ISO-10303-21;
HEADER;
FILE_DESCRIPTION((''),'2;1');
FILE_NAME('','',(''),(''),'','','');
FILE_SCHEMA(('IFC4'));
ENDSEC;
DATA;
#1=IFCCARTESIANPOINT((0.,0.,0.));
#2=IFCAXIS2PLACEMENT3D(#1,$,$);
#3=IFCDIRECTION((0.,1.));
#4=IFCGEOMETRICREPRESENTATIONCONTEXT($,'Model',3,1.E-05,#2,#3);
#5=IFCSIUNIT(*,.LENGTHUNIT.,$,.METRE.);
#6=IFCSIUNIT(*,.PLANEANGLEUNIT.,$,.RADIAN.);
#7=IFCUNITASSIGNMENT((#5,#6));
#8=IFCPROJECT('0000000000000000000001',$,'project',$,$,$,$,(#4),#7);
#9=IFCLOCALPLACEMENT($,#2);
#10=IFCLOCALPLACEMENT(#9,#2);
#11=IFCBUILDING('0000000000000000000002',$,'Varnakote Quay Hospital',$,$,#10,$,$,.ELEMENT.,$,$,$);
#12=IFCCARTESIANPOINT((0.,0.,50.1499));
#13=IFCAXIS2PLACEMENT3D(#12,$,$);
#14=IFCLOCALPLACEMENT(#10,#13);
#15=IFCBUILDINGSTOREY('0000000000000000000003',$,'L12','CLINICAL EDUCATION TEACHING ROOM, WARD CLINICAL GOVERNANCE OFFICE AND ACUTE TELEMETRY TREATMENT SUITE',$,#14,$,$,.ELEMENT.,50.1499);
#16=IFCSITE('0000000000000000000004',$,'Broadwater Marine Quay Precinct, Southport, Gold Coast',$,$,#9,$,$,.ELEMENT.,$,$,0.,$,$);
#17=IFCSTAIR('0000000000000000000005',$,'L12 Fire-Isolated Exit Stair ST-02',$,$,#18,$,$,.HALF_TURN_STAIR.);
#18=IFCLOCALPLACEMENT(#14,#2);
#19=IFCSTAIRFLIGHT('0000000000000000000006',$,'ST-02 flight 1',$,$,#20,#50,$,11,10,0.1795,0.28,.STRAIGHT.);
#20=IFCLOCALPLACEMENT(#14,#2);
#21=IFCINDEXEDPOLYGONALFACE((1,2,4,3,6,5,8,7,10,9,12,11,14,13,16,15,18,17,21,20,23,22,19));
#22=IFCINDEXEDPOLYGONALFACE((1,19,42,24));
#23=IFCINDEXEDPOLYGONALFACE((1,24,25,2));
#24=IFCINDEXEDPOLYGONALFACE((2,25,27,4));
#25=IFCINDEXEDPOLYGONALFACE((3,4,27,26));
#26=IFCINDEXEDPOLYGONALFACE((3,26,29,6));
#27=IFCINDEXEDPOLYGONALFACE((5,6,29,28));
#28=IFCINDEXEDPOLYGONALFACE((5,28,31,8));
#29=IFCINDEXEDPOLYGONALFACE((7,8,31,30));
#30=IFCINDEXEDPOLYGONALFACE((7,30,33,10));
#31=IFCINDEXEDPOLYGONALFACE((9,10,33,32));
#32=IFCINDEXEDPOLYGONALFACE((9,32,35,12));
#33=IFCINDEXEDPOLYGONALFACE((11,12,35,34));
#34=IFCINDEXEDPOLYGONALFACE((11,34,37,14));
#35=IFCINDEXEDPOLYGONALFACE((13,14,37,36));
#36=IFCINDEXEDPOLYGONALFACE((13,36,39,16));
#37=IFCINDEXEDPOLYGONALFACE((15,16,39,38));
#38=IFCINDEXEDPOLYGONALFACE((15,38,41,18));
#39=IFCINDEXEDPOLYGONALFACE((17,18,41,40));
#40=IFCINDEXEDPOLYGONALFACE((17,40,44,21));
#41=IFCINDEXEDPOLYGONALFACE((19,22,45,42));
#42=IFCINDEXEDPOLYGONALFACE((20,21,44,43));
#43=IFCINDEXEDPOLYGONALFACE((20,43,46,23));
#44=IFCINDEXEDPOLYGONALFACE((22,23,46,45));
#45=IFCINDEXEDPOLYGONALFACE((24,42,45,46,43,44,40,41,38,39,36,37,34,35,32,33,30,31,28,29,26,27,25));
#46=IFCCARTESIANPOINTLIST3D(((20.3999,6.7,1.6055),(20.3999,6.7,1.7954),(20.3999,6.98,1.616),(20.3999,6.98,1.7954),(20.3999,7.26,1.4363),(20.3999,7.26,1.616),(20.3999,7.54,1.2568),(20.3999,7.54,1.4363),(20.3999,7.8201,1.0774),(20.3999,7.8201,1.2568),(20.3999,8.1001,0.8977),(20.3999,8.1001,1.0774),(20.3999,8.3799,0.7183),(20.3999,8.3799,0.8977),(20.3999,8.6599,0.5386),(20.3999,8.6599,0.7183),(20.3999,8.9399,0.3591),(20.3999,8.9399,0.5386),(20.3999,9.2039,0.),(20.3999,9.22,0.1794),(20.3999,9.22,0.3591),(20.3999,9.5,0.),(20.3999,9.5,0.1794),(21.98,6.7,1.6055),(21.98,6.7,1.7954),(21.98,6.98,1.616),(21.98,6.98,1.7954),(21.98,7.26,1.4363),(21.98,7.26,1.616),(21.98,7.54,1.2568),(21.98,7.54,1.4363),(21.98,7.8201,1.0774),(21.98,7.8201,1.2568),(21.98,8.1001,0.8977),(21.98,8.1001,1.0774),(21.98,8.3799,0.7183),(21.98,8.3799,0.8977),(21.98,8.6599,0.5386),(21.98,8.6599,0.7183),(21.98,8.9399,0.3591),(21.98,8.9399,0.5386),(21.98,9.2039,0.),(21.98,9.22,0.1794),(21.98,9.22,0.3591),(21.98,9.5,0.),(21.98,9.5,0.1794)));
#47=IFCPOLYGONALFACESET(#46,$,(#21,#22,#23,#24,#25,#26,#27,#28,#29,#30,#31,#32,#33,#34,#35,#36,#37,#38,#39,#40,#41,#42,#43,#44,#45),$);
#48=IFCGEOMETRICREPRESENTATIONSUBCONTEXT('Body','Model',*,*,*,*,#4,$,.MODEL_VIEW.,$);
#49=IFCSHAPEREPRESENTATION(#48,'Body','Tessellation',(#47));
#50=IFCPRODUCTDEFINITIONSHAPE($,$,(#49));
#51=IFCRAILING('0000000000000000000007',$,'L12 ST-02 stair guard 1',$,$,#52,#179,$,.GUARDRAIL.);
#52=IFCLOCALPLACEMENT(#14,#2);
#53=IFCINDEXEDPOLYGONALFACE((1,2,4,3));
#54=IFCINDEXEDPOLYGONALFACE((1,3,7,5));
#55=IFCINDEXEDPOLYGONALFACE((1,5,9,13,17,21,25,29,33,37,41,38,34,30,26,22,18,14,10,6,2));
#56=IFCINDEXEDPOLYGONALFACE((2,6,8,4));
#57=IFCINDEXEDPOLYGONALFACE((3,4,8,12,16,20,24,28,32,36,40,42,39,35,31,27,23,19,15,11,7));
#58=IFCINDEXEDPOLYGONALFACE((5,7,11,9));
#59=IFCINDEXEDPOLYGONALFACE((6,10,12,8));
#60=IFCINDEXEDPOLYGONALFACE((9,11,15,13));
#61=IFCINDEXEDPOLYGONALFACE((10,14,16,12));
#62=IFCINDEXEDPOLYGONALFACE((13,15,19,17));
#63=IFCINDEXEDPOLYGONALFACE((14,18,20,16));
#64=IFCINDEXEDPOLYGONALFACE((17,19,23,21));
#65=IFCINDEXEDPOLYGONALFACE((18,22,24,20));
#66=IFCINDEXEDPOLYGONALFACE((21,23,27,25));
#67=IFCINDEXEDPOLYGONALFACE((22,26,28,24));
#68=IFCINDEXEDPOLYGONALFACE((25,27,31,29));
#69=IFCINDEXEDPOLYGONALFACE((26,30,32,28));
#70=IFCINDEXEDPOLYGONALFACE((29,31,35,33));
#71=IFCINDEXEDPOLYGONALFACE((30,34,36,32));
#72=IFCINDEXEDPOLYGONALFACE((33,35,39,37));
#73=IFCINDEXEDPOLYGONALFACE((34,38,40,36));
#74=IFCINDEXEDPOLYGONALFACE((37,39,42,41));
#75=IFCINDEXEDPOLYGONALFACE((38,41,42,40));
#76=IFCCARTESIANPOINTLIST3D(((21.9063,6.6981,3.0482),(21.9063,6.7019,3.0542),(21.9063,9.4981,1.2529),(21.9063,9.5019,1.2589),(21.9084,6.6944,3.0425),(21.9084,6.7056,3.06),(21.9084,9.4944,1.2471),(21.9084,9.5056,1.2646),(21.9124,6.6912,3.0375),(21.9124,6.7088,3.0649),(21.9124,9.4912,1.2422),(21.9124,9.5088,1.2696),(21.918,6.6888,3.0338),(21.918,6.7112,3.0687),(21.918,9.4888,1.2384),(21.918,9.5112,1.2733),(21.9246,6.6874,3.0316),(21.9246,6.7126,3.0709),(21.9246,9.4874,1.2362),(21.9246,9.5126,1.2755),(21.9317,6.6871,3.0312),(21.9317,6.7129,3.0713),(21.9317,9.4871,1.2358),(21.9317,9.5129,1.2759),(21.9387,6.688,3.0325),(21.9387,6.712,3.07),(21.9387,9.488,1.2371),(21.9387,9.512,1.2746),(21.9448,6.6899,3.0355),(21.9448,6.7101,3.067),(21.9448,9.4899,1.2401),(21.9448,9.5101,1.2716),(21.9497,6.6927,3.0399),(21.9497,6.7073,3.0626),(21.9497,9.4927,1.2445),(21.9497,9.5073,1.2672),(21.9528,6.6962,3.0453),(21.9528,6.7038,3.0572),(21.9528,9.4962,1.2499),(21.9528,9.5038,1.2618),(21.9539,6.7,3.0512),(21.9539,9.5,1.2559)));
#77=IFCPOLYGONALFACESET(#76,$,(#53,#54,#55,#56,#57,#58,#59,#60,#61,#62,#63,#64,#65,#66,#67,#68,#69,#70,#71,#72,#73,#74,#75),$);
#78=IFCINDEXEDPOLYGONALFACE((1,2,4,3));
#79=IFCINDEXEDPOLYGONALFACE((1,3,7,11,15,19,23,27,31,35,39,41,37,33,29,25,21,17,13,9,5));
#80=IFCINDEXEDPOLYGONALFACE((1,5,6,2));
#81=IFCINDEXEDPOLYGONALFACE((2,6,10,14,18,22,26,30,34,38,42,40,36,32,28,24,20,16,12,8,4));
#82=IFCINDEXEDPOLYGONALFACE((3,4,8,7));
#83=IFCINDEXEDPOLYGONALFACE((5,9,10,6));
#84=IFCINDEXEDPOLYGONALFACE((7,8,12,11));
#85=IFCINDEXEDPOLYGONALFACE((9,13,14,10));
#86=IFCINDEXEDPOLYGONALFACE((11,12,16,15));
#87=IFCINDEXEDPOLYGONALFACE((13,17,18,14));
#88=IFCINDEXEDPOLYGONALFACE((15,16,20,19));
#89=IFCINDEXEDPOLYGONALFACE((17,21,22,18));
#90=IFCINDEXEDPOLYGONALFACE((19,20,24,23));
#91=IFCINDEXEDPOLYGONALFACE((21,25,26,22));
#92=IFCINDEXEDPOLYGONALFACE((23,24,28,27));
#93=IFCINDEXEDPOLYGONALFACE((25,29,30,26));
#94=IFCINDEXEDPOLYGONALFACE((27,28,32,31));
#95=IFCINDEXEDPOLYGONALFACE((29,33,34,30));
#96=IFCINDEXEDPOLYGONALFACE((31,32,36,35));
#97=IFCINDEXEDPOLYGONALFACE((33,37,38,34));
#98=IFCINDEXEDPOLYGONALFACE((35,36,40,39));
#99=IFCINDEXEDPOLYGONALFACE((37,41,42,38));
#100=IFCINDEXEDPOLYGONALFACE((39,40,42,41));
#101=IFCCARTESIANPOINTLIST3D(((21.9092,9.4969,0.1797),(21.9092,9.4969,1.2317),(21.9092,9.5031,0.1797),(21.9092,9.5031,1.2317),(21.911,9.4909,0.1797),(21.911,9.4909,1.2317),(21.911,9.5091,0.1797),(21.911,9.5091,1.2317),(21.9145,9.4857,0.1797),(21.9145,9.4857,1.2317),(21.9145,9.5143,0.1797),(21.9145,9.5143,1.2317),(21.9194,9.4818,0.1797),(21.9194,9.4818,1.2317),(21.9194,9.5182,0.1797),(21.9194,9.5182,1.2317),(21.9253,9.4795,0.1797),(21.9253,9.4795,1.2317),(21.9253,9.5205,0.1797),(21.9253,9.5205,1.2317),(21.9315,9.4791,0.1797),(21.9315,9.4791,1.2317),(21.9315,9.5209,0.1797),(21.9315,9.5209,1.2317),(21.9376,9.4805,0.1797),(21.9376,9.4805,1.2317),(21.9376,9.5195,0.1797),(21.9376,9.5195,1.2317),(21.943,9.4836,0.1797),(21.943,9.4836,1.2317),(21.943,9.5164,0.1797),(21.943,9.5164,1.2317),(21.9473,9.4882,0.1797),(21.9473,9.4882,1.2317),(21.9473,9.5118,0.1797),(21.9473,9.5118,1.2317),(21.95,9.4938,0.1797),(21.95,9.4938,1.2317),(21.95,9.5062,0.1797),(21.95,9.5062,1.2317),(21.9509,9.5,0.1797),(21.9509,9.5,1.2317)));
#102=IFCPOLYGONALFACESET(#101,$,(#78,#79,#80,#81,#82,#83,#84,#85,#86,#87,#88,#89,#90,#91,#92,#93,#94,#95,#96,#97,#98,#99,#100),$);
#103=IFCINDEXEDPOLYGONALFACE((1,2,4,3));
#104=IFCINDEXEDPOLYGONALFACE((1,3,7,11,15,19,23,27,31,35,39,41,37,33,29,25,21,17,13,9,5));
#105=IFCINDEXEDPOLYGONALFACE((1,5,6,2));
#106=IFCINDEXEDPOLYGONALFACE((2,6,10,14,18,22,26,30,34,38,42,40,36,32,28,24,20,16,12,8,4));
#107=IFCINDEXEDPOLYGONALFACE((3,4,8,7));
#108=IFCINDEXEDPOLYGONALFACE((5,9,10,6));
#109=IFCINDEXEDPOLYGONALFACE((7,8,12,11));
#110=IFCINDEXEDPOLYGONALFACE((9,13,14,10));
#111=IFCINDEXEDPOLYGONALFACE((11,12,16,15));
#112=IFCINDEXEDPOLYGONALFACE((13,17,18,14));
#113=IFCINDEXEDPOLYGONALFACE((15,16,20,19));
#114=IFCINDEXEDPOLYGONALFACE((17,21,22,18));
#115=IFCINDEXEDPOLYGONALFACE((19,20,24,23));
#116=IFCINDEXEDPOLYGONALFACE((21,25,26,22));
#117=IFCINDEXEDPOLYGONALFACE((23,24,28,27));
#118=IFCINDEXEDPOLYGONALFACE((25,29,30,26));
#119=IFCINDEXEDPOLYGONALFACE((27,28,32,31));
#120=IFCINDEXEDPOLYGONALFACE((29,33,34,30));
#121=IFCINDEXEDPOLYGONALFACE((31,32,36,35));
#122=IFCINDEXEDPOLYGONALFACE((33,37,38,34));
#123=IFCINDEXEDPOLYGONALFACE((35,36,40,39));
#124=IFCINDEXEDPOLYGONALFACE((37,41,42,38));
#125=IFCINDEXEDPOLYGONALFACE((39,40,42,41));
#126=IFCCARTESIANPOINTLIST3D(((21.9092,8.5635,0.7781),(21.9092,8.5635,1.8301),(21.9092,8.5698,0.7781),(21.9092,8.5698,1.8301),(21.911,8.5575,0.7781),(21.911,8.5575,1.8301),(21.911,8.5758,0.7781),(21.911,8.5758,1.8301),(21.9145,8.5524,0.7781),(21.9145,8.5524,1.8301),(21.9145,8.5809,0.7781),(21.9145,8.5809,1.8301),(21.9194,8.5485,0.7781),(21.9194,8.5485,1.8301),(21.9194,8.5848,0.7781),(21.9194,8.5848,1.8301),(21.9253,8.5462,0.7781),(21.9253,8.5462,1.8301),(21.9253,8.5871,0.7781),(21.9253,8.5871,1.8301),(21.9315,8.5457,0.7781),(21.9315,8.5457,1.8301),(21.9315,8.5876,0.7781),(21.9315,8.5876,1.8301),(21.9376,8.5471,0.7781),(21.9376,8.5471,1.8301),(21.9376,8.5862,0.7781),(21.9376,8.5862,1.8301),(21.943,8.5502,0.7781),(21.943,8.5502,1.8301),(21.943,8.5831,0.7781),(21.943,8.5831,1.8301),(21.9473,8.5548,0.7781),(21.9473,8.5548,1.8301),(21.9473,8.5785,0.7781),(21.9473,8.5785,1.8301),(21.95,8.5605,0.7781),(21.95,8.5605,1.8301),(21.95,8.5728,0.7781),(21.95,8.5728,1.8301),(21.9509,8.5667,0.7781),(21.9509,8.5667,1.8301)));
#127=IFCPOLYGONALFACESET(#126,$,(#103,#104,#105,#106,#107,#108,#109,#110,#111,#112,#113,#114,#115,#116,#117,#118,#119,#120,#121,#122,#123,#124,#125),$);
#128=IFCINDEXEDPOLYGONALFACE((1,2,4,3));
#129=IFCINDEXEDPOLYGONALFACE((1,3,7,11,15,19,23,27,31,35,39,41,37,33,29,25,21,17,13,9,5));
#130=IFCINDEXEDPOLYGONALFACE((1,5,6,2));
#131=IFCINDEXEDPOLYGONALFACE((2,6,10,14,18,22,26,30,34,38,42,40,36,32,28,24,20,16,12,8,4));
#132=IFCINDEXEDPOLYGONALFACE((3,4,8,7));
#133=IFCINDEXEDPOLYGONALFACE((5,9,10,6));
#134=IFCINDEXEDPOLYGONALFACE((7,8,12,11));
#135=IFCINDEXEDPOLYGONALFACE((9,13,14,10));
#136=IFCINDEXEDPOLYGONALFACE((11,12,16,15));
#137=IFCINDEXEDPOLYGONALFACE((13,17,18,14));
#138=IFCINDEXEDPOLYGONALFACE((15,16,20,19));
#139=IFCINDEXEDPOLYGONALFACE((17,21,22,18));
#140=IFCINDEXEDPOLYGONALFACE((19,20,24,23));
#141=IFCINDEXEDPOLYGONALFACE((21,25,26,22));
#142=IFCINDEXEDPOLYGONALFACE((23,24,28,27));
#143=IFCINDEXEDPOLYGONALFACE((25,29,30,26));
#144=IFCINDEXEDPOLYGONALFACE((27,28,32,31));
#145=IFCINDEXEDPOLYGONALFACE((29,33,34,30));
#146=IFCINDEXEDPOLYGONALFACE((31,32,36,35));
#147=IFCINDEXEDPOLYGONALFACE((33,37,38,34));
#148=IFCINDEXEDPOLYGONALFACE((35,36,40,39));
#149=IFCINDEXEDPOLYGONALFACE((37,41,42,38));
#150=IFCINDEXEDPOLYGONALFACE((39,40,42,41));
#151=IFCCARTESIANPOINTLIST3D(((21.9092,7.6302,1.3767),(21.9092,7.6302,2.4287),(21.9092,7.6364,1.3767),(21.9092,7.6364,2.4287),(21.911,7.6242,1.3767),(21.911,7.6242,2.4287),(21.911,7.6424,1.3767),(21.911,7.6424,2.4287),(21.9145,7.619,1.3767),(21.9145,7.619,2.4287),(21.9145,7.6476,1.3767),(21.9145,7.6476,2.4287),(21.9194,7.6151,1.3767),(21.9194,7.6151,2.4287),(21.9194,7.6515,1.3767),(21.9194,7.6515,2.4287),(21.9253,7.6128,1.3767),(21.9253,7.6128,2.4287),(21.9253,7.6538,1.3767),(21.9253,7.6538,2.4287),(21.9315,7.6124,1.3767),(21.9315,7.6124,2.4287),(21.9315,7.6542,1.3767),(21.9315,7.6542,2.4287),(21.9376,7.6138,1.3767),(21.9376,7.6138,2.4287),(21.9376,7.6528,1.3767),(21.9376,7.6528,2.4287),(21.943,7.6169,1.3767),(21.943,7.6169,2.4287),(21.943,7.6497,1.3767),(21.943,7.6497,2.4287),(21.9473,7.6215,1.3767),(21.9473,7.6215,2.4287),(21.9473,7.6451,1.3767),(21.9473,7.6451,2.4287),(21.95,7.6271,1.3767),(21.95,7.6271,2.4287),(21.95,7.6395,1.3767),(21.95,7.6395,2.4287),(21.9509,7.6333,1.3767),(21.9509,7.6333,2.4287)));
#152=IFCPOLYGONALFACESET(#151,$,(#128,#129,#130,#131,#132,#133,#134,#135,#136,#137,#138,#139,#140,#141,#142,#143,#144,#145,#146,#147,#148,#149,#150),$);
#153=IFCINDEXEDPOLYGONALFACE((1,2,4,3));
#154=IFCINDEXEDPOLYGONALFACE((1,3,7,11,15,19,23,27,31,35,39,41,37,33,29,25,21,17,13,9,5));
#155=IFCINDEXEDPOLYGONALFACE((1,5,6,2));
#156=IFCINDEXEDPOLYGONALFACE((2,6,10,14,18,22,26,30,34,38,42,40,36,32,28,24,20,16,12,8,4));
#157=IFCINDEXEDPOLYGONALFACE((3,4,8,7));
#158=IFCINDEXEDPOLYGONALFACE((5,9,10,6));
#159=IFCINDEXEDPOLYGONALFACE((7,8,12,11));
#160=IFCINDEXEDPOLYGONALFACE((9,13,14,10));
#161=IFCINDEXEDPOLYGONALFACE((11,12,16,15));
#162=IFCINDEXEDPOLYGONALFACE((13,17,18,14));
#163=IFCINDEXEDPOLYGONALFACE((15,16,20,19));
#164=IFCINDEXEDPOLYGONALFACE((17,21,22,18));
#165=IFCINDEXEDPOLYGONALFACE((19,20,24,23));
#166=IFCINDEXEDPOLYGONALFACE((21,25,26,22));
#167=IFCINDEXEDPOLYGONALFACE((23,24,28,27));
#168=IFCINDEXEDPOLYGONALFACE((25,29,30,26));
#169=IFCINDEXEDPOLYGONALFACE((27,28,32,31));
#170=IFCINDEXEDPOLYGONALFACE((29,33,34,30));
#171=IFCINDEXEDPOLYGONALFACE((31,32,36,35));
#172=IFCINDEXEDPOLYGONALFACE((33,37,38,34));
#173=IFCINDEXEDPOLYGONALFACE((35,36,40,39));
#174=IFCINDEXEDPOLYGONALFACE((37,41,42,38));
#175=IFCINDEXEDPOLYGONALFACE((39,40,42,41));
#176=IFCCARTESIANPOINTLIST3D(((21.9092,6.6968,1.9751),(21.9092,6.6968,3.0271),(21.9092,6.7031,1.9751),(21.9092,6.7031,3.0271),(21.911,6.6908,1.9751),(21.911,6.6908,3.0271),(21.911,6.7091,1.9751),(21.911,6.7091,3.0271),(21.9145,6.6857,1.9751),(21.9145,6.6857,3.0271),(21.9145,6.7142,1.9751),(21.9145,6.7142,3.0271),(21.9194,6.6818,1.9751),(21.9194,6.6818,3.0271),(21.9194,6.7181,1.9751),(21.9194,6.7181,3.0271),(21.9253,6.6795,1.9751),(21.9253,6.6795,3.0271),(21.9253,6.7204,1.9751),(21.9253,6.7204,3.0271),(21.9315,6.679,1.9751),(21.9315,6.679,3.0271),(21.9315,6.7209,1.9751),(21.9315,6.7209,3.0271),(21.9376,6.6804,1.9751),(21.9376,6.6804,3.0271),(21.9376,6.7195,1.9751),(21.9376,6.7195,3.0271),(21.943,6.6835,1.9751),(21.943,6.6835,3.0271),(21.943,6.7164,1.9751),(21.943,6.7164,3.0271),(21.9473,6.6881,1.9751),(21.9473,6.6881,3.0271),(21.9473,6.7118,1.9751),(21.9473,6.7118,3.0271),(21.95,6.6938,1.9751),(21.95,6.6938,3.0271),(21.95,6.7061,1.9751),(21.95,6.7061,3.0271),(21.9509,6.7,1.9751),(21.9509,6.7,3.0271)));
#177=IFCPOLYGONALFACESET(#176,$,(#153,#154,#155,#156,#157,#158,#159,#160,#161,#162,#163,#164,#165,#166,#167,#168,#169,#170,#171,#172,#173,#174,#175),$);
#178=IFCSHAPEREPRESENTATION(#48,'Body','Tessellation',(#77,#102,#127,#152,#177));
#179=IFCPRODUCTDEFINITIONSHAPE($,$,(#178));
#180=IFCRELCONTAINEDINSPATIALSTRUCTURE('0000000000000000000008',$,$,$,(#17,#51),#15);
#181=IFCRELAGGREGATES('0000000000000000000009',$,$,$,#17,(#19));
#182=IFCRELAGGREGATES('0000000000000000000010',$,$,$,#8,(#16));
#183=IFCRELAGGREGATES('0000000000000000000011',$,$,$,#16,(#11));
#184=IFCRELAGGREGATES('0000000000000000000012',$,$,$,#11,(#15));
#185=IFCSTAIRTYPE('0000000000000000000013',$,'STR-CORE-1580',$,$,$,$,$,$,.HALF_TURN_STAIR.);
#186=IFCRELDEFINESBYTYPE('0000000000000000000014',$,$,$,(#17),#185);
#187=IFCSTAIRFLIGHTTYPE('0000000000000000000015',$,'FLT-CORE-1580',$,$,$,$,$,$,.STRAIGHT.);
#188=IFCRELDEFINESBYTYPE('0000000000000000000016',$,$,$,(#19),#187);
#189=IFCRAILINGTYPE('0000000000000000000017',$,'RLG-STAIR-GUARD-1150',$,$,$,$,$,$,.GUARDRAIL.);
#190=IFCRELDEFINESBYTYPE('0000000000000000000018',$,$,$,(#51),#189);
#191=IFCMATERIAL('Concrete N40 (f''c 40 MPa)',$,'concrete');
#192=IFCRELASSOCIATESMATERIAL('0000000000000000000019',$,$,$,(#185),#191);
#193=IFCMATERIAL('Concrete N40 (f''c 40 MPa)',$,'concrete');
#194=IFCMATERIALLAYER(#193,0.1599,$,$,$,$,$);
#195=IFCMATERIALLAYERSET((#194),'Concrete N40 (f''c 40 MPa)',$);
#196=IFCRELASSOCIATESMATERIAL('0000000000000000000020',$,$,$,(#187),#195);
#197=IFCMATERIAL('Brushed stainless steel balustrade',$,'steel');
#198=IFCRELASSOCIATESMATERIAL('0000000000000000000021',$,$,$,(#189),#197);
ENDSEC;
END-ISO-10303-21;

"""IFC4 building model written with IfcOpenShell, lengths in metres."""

from ifc_helpers import new_model, si_unit, direction, frame, origin, origin_2d, place, context, subcontext, project, spatial, polyline, circle, outline, extrude, material, layer, layer_set, type_object, element, aggregate, save


model = new_model("IFC4")

# Units and contexts
model_context = context("Model", 3, precision=1e-05, world=origin(), true_north=direction((0.0, 1.0)))
body_context = subcontext(model_context, "Body", "Model", "MODEL_VIEW")
ifc_project = project(units=[si_unit("LENGTHUNIT", "METRE"), si_unit("PLANEANGLEUNIT", "RADIAN")], contexts=[model_context])

# Site, building, storey
site_placement = place(None, origin())
site = spatial("IfcSite", under=ifc_project, at=site_placement, Name="Broadwater Marine Quay Precinct, Southport, Gold Coast", CompositionType="ELEMENT", RefElevation=0.0)
building_placement = place(site_placement, origin())
building = spatial("IfcBuilding", under=site, at=building_placement, Name="Varnakote Quay Hospital", CompositionType="ELEMENT")
storey_placement = place(building_placement, frame((0.0, 0.0, 50.1499)))
storey = spatial("IfcBuildingStorey", under=building, at=storey_placement, Name="L12", Description="CLINICAL EDUCATION TEACHING ROOM, WARD CLINICAL GOVERNANCE OFFICE AND ACUTE TELEMETRY TREATMENT SUITE", CompositionType="ELEMENT", Elevation=50.1499)

# Stair, stair flight
ifc_material_1 = material(Name="Concrete N40 (f'c 40 MPa)", Category="concrete")
stair_type = type_object("IfcStairType", Name="STR-CORE-1580", PredefinedType="HALF_TURN_STAIR", material=ifc_material_1)
stair_placement = place(storey_placement, origin())
stair = element("IfcStair", 1, at=stair_placement, inside=storey, type_object=stair_type, Name="L12 Fire-Isolated Exit Stair ST-02", PredefinedType="HALF_TURN_STAIR")
ifc_material_2 = material(Name="Concrete N40 (f'c 40 MPa)", Category="concrete")
ifc_layer_1 = layer(ifc_material_2, 0.1599)
ifc_layer_set_1 = layer_set([ifc_layer_1], Name="Concrete N40 (f'c 40 MPa)")
stair_flight_type = type_object("IfcStairFlightType", Name="FLT-CORE-1580", PredefinedType="STRAIGHT", material=ifc_layer_set_1)
stair_flight_placement = place(storey_placement, frame((21.1899, 9.5, 0.0), z_axis=(0.0, 0.0, 1.0), x_axis=(0.0, -1.0, 0.0)))
stair_flight = element("IfcStairFlight", 2, at=stair_flight_placement, type_object=stair_flight_type, Name="ST-02 flight 1", NumberOfRisers=11, NumberOfTreads=10, PredefinedType="STRAIGHT", RiserHeight=0.1795, TreadLength=0.28, context=body_context, shape_type="SweptSolid", body=[
    extrude(outline(polyline([(0.0, 0.0), (0.0, 0.1794), (0.28, 0.1794), (0.28, 0.3591), (0.5601, 0.3591), (0.5601, 0.5386), (0.8401, 0.5386), (0.8401, 0.7183), (1.1201, 0.7183), (1.1201, 0.8977), (1.3999, 0.8977), (1.3999, 1.0774), (1.6799, 1.0774), (1.6799, 1.2568), (1.96, 1.2568), (1.96, 1.4363), (2.24, 1.4363), (2.24, 1.616), (2.52, 1.616), (2.52, 1.7954), (2.8, 1.7954), (2.8, 1.9751), (2.8, 1.6055), (0.2961, 0.0), (0.0, 0.0)])), frame((0.0, 0.79, 0.0), z_axis=(0.0, -1.0, 0.0), x_axis=(1.0, 0.0, 0.0)), (0.0, 0.0, 1.0), 1.5801),
])
aggregate(stair, [stair_flight])

# Railing
ifc_material_3 = material(Name="Brushed stainless steel balustrade", Category="steel")
railing_type_1 = type_object("IfcRailingType", Name="RLG-STAIR-GUARD-1150", PredefinedType="GUARDRAIL", material=ifc_material_3)
railing_1_placement = place(storey_placement, frame((21.9299, 9.5, 0.1797)))
element("IfcRailing", 3, at=railing_1_placement, inside=storey, type_object=railing_type_1, Name="L12 ST-02 stair guard 1", PredefinedType="GUARDRAIL", context=body_context, shape_type="SweptSolid", body=[
    extrude(circle(Radius=0.0239, at=origin_2d()), frame((0.0, 0.0, 1.0762), z_axis=(0.0, -0.84181, 0.539774), x_axis=(1.0, 0.0, 0.0)), (0.0, 0.0, 1.0), 3.3262),
    extrude(circle(Radius=0.021, at=origin_2d()), origin(), (0.0, 0.0, 1.0), 1.052),
    extrude(circle(Radius=0.021, at=origin_2d()), frame((0.0, -0.9333, 0.5984)), (0.0, 0.0, 1.0), 1.052),
    extrude(circle(Radius=0.021, at=origin_2d()), frame((0.0, -1.8667, 1.197)), (0.0, 0.0, 1.0), 1.052),
    extrude(circle(Radius=0.021, at=origin_2d()), frame((0.0, -2.8, 1.7954)), (0.0, 0.0, 1.0), 1.052),
])

save(model, "model.ifc")
